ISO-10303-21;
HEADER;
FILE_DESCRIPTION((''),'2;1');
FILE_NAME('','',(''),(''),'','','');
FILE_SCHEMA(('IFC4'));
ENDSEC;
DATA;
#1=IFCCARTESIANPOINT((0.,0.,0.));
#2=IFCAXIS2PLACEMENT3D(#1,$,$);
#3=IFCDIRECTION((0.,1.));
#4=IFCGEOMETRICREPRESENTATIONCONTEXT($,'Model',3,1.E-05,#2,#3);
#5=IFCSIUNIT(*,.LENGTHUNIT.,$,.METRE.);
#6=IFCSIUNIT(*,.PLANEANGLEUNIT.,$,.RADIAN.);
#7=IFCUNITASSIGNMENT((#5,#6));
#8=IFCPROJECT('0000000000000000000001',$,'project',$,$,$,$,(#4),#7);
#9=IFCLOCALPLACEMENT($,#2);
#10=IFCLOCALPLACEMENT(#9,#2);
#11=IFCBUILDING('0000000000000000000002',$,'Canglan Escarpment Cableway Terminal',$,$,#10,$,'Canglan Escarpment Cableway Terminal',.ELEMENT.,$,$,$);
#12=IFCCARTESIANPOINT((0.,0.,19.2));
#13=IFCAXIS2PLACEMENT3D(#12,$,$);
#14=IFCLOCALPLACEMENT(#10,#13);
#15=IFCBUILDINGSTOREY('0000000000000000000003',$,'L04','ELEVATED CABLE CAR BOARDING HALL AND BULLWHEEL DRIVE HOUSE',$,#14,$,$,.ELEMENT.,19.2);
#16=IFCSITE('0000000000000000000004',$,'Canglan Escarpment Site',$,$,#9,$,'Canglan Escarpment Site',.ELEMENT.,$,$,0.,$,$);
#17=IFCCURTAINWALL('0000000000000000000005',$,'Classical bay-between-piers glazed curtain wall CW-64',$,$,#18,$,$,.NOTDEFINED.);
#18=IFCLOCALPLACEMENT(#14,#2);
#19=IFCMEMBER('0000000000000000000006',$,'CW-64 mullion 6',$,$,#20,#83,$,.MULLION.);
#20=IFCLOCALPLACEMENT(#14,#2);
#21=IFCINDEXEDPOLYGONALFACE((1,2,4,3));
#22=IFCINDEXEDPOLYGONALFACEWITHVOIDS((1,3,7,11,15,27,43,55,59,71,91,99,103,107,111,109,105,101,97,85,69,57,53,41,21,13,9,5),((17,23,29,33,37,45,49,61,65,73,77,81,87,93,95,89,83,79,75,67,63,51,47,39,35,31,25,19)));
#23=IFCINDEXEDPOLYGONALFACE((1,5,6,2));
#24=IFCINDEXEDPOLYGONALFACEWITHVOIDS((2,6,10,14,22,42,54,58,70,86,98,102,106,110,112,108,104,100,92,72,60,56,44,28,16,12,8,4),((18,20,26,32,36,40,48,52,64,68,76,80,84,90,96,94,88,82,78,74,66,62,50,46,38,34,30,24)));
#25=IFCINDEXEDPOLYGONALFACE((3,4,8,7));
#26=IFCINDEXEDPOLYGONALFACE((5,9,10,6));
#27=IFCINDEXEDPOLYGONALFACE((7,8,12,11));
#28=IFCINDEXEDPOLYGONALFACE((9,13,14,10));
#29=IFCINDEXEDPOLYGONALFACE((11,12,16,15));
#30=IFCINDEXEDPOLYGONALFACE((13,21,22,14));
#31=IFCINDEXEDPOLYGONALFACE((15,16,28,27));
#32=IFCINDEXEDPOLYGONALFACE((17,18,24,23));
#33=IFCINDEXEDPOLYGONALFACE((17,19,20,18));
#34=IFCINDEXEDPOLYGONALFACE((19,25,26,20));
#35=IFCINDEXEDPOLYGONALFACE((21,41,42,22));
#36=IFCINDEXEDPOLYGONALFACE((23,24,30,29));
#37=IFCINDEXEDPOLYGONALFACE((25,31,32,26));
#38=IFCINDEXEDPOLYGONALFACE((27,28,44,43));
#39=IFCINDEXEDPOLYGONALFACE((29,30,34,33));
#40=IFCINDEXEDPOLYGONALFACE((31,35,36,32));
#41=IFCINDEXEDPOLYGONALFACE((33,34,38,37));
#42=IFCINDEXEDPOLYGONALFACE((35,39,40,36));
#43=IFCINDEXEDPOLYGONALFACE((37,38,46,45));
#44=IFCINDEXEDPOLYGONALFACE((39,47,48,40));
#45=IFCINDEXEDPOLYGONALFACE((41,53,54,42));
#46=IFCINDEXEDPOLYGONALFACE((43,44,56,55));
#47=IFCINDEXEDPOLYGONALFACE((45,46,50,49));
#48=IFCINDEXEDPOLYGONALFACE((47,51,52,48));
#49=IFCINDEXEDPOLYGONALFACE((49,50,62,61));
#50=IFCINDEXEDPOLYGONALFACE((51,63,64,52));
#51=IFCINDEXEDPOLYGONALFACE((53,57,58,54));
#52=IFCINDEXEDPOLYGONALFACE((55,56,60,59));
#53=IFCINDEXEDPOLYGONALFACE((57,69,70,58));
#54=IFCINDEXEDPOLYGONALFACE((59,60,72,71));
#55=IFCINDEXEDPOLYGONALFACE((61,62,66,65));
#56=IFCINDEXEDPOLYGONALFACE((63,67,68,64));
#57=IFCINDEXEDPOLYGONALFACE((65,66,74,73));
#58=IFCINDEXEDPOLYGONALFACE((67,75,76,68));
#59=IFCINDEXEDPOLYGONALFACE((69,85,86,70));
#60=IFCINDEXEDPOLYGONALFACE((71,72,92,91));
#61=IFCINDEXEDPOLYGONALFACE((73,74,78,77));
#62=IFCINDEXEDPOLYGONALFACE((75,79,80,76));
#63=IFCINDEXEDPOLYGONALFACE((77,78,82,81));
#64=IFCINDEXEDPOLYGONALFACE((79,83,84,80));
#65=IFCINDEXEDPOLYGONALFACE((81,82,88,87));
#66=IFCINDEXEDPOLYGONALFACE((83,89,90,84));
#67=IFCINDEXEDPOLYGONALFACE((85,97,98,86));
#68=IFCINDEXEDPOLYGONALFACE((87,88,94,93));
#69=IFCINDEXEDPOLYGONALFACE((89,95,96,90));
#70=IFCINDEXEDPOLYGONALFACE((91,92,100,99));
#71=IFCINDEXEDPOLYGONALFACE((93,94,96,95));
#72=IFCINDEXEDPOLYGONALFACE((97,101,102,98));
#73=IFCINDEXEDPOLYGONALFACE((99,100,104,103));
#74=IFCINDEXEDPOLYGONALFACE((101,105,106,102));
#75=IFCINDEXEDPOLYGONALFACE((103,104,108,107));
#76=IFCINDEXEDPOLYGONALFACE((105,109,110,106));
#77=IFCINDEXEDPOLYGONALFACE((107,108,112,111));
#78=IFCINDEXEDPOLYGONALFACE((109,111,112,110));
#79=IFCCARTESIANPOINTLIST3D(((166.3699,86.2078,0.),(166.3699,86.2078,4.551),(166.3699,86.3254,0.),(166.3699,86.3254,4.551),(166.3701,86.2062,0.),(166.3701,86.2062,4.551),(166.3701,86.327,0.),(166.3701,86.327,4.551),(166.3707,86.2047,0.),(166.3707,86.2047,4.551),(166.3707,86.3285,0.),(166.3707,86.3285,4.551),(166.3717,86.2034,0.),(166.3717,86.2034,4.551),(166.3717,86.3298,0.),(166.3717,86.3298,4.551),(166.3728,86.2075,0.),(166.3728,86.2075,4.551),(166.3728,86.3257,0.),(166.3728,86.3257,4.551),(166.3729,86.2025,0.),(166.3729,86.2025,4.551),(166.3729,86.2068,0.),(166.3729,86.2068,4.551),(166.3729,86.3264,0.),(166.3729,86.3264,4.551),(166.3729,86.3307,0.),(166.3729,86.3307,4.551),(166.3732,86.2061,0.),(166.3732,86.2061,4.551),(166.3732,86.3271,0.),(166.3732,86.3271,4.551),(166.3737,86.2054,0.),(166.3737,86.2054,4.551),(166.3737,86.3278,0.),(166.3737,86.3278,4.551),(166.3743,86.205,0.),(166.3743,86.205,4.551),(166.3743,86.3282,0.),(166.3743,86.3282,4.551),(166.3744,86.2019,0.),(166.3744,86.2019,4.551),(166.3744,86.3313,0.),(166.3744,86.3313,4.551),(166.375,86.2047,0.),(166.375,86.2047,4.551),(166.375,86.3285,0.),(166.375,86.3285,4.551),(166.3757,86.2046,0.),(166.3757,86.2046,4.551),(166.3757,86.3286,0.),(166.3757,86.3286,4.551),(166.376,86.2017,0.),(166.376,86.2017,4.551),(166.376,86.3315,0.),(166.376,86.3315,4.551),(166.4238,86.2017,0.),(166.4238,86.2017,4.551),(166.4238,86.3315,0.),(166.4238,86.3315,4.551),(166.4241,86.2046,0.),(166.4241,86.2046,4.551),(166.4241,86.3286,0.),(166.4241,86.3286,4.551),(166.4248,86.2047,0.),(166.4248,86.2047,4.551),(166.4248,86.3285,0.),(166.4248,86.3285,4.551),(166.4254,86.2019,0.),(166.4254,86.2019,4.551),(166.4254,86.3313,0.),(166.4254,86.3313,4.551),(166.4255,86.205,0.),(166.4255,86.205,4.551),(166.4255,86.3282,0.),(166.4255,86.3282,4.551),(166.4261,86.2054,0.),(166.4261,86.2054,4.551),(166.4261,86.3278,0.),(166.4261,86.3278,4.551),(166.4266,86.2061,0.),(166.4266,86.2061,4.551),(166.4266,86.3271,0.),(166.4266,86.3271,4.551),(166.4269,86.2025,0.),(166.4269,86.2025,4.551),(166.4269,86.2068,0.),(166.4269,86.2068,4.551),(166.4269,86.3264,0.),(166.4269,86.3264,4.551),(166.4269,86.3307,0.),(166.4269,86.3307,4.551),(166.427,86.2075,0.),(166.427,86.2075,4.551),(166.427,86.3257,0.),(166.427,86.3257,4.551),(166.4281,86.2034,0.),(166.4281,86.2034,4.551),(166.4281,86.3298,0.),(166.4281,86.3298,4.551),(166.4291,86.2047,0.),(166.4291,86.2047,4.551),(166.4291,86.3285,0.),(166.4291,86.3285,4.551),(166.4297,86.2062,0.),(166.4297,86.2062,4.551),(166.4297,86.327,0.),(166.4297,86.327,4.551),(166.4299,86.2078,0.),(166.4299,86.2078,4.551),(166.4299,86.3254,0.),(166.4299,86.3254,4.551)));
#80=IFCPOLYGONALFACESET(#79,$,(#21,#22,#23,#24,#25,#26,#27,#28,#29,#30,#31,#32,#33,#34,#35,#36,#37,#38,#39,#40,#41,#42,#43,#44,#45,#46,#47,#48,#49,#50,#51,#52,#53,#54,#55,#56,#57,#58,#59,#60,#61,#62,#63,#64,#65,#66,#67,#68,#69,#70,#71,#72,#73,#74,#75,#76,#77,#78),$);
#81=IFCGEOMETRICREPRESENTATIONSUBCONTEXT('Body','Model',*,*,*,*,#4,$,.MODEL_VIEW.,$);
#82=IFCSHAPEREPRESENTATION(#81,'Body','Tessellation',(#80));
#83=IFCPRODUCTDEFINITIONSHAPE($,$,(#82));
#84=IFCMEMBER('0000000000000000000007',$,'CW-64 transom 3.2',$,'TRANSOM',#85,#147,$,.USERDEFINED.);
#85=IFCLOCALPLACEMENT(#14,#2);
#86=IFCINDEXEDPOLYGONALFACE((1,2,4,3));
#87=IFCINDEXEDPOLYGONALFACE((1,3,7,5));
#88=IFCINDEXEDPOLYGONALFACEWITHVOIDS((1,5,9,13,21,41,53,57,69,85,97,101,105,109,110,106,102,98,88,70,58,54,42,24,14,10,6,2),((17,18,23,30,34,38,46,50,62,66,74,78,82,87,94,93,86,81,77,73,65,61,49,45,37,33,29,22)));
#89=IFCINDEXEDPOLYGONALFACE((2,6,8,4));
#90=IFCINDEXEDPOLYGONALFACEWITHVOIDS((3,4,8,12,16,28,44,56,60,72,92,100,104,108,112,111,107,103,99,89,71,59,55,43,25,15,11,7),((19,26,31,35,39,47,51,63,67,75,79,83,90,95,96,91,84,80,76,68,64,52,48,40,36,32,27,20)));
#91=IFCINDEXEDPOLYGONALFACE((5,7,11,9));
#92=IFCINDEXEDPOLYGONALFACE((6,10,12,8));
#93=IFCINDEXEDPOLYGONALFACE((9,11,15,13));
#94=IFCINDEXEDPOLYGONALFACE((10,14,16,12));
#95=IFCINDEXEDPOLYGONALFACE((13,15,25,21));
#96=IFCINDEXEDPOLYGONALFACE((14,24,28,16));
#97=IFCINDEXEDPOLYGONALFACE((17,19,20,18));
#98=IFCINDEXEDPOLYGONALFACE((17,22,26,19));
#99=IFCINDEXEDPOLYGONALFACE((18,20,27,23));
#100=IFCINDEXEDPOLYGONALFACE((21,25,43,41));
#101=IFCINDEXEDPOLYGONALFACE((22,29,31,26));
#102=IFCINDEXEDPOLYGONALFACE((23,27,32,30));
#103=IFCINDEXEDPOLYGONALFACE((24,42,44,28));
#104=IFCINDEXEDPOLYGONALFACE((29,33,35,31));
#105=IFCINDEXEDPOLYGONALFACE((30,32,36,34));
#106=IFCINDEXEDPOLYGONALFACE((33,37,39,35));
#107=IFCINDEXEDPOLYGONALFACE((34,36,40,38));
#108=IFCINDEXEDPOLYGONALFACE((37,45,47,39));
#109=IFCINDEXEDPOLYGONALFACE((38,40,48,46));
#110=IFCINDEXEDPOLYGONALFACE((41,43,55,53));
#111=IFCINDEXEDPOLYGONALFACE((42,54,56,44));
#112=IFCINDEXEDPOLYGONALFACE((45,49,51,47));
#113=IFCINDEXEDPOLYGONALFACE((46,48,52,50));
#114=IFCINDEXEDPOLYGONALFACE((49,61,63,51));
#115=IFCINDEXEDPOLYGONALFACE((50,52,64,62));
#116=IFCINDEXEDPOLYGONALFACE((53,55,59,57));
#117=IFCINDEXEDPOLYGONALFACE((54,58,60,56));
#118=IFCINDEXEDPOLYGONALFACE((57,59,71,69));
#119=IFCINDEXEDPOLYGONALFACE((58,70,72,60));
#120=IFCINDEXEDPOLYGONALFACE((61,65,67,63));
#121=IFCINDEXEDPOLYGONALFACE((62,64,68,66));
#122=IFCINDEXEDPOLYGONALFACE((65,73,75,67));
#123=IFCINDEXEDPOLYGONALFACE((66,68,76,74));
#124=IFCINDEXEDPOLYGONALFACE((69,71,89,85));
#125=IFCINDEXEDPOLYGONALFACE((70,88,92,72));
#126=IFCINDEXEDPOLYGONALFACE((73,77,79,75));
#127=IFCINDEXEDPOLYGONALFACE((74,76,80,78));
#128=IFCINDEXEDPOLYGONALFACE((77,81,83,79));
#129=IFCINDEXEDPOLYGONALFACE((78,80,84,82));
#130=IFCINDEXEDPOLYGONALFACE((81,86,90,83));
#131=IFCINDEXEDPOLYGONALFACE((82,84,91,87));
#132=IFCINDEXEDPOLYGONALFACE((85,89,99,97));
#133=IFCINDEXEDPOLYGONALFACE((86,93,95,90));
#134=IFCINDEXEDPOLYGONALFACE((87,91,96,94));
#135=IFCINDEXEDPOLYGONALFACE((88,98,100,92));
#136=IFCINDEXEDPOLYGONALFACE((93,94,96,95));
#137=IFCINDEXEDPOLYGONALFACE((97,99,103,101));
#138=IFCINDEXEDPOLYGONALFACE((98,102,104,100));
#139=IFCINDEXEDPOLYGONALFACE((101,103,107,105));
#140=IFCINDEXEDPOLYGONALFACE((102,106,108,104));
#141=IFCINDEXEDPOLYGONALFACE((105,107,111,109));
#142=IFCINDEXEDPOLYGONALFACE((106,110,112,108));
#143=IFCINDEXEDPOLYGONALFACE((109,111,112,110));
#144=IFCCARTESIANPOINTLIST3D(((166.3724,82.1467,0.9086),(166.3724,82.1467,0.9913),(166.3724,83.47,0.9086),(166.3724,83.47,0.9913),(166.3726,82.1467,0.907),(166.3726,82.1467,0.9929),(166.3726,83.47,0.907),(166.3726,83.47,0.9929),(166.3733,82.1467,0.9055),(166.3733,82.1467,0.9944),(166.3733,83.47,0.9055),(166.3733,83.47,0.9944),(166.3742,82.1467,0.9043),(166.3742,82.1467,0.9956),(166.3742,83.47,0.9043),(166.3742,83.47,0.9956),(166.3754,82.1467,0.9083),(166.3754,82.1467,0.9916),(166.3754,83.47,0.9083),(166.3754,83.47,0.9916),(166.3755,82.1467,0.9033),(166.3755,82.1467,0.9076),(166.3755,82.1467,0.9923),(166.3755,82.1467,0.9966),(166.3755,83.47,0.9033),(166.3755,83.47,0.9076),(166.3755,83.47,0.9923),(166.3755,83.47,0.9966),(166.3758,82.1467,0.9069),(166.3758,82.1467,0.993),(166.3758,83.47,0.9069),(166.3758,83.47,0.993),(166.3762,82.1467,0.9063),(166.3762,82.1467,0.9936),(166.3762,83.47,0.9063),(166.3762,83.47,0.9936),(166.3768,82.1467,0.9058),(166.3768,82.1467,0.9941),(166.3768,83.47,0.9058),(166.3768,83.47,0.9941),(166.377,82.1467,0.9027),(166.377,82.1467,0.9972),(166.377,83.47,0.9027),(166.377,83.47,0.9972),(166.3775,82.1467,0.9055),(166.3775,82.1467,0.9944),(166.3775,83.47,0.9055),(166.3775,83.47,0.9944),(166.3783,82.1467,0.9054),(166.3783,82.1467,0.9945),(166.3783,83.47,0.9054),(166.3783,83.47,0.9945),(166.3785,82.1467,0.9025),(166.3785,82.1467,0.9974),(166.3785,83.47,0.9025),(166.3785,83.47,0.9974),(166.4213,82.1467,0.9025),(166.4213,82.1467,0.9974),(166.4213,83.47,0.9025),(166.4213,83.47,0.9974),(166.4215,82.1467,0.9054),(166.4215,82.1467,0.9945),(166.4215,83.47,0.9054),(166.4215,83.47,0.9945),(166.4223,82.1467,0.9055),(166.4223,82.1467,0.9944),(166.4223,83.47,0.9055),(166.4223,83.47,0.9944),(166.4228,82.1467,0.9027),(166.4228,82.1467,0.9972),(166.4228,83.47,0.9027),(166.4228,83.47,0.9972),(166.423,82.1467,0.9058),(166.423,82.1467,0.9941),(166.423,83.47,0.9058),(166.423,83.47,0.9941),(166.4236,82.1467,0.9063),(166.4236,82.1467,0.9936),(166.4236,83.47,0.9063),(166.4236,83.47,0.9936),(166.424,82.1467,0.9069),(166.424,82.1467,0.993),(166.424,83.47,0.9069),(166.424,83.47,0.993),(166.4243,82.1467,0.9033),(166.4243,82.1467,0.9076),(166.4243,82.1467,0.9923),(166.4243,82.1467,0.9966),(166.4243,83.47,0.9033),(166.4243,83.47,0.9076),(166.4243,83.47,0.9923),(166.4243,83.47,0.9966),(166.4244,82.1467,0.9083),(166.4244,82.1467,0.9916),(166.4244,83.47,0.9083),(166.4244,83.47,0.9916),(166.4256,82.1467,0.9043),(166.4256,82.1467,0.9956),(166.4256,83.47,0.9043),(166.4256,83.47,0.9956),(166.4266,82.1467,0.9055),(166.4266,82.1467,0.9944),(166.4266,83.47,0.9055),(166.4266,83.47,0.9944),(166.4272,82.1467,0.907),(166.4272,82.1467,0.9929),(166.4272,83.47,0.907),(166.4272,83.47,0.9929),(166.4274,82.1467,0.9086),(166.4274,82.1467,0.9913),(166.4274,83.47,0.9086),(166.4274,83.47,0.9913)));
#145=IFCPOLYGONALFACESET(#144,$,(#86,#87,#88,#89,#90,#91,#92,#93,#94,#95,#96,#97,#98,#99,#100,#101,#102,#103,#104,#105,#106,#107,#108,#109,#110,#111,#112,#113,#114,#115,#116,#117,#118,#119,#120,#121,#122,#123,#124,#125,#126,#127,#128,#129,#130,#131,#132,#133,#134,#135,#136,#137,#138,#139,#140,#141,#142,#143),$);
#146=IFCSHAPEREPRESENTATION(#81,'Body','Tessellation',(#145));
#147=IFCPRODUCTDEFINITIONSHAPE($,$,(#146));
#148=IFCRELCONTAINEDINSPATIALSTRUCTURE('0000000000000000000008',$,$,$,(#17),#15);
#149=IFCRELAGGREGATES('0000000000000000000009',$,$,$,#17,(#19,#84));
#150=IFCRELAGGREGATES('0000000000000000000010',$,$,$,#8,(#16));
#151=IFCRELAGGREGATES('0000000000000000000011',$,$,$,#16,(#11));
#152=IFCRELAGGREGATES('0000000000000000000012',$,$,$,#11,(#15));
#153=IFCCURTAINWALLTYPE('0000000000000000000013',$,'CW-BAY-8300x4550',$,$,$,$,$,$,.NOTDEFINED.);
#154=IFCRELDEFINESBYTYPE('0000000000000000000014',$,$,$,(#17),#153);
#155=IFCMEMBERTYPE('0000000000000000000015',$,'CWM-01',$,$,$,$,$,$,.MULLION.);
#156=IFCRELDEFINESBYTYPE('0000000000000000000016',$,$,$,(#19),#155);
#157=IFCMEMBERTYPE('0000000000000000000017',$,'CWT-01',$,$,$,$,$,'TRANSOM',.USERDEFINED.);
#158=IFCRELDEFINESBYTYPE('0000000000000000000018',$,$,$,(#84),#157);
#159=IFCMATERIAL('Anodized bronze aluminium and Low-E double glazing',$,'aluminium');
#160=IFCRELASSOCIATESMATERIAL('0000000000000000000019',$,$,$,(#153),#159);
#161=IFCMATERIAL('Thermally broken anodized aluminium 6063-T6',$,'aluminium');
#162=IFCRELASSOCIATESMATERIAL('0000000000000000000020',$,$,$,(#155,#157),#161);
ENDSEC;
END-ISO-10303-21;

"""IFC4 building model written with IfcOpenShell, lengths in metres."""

from ifc_helpers import new_model, si_unit, direction, frame, origin, origin_2d, place, context, subcontext, project, spatial, hollow_rectangle, extrude, material, material_profile, profile_set, type_object, element, aggregate, save


model = new_model("IFC4")

# Units and contexts
model_context = context("Model", 3, precision=1e-05, world=origin(), true_north=direction((0.0, 1.0)))
body_context = subcontext(model_context, "Body", "Model", "MODEL_VIEW")
ifc_project = project(units=[si_unit("LENGTHUNIT", "METRE"), si_unit("PLANEANGLEUNIT", "RADIAN")], contexts=[model_context])

# Site, building, storey
site_placement = place(None, origin())
site = spatial("IfcSite", under=ifc_project, at=site_placement, Name="Canglan Escarpment Site", LongName="Canglan Escarpment Site", CompositionType="ELEMENT", RefElevation=0.0)
building_placement = place(site_placement, origin())
building = spatial("IfcBuilding", under=site, at=building_placement, Name="Canglan Escarpment Cableway Terminal", LongName="Canglan Escarpment Cableway Terminal", CompositionType="ELEMENT")
storey_placement = place(building_placement, frame((0.0, 0.0, 19.2)))
storey = spatial("IfcBuildingStorey", under=building, at=storey_placement, Name="L04", Description="ELEVATED CABLE CAR BOARDING HALL AND BULLWHEEL DRIVE HOUSE", CompositionType="ELEMENT", Elevation=19.2)

# Curtain wall, members
ifc_material_1 = material(Name="Anodized bronze aluminium and Low-E double glazing", Category="aluminium")
curtain_wall_type = type_object("IfcCurtainWallType", Name="CW-BAY-8300x4550", PredefinedType="NOTDEFINED", material=ifc_material_1)
curtain_wall_placement = place(storey_placement, origin())
curtain_wall = element("IfcCurtainWall", 1, at=curtain_wall_placement, inside=storey, type_object=curtain_wall_type, Name="Classical bay-between-piers glazed curtain wall CW-64", PredefinedType="NOTDEFINED")
ifc_material_2 = material(Name="Thermally broken anodized aluminium 6063-T6", Category="aluminium")
ifc_material_profile_1 = material_profile(ifc_material_2, hollow_rectangle(XDim=0.0601, YDim=0.1299, WallThickness=0.0029, InnerFilletRadius=0.0029, OuterFilletRadius=0.0061, at=origin_2d()), Name="ALU-MULL 60x130x3")
ifc_profile_set_1 = profile_set([ifc_material_profile_1], Name="Thermally broken anodized aluminium 6063-T6")
member_type_1 = type_object("IfcMemberType", Name="CWM-01", PredefinedType="MULLION", material=ifc_profile_set_1)
member_1_placement = place(storey_placement, frame((166.3999, 86.2666, 0.0), z_axis=(0.0, 0.0, 1.0), x_axis=(-1.0, 0.0, 0.0)))
member_1 = element("IfcMember", 2, at=member_1_placement, type_object=member_type_1, Name="CW-64 mullion 6", PredefinedType="MULLION", context=body_context, shape_type="SweptSolid", body=[
    extrude(hollow_rectangle(XDim=0.0601, YDim=0.1299, WallThickness=0.0029, InnerFilletRadius=0.0029, OuterFilletRadius=0.0061, at=origin_2d()), origin(), (0.0, 0.0, 1.0), 4.551),
])
ifc_material_profile_2 = material_profile(ifc_material_2, hollow_rectangle(XDim=0.0549, YDim=0.095, WallThickness=0.0029, InnerFilletRadius=0.0029, OuterFilletRadius=0.0061, at=origin_2d()), Name="ALU-TRAN 55x95x3")
ifc_profile_set_2 = profile_set([ifc_material_profile_2], Name="Thermally broken anodized aluminium 6063-T6")
member_type_2 = type_object("IfcMemberType", Name="CWT-01", ElementType="TRANSOM", PredefinedType="USERDEFINED", material=ifc_profile_set_2)
member_2_placement = place(storey_placement, frame((166.3999, 82.1467, 0.95), z_axis=(0.0, 1.0, 0.0), x_axis=(-1.0, 0.0, 0.0)))
member_2 = element("IfcMember", 3, at=member_2_placement, type_object=member_type_2, Name="CW-64 transom 3.2", ObjectType="TRANSOM", PredefinedType="USERDEFINED", context=body_context, shape_type="SweptSolid", body=[
    extrude(hollow_rectangle(XDim=0.0549, YDim=0.095, WallThickness=0.0029, InnerFilletRadius=0.0029, OuterFilletRadius=0.0061, at=origin_2d()), origin(), (0.0, 0.0, 1.0), 1.3232),
])
aggregate(curtain_wall, [member_1, member_2])

save(model, "model.ifc")
